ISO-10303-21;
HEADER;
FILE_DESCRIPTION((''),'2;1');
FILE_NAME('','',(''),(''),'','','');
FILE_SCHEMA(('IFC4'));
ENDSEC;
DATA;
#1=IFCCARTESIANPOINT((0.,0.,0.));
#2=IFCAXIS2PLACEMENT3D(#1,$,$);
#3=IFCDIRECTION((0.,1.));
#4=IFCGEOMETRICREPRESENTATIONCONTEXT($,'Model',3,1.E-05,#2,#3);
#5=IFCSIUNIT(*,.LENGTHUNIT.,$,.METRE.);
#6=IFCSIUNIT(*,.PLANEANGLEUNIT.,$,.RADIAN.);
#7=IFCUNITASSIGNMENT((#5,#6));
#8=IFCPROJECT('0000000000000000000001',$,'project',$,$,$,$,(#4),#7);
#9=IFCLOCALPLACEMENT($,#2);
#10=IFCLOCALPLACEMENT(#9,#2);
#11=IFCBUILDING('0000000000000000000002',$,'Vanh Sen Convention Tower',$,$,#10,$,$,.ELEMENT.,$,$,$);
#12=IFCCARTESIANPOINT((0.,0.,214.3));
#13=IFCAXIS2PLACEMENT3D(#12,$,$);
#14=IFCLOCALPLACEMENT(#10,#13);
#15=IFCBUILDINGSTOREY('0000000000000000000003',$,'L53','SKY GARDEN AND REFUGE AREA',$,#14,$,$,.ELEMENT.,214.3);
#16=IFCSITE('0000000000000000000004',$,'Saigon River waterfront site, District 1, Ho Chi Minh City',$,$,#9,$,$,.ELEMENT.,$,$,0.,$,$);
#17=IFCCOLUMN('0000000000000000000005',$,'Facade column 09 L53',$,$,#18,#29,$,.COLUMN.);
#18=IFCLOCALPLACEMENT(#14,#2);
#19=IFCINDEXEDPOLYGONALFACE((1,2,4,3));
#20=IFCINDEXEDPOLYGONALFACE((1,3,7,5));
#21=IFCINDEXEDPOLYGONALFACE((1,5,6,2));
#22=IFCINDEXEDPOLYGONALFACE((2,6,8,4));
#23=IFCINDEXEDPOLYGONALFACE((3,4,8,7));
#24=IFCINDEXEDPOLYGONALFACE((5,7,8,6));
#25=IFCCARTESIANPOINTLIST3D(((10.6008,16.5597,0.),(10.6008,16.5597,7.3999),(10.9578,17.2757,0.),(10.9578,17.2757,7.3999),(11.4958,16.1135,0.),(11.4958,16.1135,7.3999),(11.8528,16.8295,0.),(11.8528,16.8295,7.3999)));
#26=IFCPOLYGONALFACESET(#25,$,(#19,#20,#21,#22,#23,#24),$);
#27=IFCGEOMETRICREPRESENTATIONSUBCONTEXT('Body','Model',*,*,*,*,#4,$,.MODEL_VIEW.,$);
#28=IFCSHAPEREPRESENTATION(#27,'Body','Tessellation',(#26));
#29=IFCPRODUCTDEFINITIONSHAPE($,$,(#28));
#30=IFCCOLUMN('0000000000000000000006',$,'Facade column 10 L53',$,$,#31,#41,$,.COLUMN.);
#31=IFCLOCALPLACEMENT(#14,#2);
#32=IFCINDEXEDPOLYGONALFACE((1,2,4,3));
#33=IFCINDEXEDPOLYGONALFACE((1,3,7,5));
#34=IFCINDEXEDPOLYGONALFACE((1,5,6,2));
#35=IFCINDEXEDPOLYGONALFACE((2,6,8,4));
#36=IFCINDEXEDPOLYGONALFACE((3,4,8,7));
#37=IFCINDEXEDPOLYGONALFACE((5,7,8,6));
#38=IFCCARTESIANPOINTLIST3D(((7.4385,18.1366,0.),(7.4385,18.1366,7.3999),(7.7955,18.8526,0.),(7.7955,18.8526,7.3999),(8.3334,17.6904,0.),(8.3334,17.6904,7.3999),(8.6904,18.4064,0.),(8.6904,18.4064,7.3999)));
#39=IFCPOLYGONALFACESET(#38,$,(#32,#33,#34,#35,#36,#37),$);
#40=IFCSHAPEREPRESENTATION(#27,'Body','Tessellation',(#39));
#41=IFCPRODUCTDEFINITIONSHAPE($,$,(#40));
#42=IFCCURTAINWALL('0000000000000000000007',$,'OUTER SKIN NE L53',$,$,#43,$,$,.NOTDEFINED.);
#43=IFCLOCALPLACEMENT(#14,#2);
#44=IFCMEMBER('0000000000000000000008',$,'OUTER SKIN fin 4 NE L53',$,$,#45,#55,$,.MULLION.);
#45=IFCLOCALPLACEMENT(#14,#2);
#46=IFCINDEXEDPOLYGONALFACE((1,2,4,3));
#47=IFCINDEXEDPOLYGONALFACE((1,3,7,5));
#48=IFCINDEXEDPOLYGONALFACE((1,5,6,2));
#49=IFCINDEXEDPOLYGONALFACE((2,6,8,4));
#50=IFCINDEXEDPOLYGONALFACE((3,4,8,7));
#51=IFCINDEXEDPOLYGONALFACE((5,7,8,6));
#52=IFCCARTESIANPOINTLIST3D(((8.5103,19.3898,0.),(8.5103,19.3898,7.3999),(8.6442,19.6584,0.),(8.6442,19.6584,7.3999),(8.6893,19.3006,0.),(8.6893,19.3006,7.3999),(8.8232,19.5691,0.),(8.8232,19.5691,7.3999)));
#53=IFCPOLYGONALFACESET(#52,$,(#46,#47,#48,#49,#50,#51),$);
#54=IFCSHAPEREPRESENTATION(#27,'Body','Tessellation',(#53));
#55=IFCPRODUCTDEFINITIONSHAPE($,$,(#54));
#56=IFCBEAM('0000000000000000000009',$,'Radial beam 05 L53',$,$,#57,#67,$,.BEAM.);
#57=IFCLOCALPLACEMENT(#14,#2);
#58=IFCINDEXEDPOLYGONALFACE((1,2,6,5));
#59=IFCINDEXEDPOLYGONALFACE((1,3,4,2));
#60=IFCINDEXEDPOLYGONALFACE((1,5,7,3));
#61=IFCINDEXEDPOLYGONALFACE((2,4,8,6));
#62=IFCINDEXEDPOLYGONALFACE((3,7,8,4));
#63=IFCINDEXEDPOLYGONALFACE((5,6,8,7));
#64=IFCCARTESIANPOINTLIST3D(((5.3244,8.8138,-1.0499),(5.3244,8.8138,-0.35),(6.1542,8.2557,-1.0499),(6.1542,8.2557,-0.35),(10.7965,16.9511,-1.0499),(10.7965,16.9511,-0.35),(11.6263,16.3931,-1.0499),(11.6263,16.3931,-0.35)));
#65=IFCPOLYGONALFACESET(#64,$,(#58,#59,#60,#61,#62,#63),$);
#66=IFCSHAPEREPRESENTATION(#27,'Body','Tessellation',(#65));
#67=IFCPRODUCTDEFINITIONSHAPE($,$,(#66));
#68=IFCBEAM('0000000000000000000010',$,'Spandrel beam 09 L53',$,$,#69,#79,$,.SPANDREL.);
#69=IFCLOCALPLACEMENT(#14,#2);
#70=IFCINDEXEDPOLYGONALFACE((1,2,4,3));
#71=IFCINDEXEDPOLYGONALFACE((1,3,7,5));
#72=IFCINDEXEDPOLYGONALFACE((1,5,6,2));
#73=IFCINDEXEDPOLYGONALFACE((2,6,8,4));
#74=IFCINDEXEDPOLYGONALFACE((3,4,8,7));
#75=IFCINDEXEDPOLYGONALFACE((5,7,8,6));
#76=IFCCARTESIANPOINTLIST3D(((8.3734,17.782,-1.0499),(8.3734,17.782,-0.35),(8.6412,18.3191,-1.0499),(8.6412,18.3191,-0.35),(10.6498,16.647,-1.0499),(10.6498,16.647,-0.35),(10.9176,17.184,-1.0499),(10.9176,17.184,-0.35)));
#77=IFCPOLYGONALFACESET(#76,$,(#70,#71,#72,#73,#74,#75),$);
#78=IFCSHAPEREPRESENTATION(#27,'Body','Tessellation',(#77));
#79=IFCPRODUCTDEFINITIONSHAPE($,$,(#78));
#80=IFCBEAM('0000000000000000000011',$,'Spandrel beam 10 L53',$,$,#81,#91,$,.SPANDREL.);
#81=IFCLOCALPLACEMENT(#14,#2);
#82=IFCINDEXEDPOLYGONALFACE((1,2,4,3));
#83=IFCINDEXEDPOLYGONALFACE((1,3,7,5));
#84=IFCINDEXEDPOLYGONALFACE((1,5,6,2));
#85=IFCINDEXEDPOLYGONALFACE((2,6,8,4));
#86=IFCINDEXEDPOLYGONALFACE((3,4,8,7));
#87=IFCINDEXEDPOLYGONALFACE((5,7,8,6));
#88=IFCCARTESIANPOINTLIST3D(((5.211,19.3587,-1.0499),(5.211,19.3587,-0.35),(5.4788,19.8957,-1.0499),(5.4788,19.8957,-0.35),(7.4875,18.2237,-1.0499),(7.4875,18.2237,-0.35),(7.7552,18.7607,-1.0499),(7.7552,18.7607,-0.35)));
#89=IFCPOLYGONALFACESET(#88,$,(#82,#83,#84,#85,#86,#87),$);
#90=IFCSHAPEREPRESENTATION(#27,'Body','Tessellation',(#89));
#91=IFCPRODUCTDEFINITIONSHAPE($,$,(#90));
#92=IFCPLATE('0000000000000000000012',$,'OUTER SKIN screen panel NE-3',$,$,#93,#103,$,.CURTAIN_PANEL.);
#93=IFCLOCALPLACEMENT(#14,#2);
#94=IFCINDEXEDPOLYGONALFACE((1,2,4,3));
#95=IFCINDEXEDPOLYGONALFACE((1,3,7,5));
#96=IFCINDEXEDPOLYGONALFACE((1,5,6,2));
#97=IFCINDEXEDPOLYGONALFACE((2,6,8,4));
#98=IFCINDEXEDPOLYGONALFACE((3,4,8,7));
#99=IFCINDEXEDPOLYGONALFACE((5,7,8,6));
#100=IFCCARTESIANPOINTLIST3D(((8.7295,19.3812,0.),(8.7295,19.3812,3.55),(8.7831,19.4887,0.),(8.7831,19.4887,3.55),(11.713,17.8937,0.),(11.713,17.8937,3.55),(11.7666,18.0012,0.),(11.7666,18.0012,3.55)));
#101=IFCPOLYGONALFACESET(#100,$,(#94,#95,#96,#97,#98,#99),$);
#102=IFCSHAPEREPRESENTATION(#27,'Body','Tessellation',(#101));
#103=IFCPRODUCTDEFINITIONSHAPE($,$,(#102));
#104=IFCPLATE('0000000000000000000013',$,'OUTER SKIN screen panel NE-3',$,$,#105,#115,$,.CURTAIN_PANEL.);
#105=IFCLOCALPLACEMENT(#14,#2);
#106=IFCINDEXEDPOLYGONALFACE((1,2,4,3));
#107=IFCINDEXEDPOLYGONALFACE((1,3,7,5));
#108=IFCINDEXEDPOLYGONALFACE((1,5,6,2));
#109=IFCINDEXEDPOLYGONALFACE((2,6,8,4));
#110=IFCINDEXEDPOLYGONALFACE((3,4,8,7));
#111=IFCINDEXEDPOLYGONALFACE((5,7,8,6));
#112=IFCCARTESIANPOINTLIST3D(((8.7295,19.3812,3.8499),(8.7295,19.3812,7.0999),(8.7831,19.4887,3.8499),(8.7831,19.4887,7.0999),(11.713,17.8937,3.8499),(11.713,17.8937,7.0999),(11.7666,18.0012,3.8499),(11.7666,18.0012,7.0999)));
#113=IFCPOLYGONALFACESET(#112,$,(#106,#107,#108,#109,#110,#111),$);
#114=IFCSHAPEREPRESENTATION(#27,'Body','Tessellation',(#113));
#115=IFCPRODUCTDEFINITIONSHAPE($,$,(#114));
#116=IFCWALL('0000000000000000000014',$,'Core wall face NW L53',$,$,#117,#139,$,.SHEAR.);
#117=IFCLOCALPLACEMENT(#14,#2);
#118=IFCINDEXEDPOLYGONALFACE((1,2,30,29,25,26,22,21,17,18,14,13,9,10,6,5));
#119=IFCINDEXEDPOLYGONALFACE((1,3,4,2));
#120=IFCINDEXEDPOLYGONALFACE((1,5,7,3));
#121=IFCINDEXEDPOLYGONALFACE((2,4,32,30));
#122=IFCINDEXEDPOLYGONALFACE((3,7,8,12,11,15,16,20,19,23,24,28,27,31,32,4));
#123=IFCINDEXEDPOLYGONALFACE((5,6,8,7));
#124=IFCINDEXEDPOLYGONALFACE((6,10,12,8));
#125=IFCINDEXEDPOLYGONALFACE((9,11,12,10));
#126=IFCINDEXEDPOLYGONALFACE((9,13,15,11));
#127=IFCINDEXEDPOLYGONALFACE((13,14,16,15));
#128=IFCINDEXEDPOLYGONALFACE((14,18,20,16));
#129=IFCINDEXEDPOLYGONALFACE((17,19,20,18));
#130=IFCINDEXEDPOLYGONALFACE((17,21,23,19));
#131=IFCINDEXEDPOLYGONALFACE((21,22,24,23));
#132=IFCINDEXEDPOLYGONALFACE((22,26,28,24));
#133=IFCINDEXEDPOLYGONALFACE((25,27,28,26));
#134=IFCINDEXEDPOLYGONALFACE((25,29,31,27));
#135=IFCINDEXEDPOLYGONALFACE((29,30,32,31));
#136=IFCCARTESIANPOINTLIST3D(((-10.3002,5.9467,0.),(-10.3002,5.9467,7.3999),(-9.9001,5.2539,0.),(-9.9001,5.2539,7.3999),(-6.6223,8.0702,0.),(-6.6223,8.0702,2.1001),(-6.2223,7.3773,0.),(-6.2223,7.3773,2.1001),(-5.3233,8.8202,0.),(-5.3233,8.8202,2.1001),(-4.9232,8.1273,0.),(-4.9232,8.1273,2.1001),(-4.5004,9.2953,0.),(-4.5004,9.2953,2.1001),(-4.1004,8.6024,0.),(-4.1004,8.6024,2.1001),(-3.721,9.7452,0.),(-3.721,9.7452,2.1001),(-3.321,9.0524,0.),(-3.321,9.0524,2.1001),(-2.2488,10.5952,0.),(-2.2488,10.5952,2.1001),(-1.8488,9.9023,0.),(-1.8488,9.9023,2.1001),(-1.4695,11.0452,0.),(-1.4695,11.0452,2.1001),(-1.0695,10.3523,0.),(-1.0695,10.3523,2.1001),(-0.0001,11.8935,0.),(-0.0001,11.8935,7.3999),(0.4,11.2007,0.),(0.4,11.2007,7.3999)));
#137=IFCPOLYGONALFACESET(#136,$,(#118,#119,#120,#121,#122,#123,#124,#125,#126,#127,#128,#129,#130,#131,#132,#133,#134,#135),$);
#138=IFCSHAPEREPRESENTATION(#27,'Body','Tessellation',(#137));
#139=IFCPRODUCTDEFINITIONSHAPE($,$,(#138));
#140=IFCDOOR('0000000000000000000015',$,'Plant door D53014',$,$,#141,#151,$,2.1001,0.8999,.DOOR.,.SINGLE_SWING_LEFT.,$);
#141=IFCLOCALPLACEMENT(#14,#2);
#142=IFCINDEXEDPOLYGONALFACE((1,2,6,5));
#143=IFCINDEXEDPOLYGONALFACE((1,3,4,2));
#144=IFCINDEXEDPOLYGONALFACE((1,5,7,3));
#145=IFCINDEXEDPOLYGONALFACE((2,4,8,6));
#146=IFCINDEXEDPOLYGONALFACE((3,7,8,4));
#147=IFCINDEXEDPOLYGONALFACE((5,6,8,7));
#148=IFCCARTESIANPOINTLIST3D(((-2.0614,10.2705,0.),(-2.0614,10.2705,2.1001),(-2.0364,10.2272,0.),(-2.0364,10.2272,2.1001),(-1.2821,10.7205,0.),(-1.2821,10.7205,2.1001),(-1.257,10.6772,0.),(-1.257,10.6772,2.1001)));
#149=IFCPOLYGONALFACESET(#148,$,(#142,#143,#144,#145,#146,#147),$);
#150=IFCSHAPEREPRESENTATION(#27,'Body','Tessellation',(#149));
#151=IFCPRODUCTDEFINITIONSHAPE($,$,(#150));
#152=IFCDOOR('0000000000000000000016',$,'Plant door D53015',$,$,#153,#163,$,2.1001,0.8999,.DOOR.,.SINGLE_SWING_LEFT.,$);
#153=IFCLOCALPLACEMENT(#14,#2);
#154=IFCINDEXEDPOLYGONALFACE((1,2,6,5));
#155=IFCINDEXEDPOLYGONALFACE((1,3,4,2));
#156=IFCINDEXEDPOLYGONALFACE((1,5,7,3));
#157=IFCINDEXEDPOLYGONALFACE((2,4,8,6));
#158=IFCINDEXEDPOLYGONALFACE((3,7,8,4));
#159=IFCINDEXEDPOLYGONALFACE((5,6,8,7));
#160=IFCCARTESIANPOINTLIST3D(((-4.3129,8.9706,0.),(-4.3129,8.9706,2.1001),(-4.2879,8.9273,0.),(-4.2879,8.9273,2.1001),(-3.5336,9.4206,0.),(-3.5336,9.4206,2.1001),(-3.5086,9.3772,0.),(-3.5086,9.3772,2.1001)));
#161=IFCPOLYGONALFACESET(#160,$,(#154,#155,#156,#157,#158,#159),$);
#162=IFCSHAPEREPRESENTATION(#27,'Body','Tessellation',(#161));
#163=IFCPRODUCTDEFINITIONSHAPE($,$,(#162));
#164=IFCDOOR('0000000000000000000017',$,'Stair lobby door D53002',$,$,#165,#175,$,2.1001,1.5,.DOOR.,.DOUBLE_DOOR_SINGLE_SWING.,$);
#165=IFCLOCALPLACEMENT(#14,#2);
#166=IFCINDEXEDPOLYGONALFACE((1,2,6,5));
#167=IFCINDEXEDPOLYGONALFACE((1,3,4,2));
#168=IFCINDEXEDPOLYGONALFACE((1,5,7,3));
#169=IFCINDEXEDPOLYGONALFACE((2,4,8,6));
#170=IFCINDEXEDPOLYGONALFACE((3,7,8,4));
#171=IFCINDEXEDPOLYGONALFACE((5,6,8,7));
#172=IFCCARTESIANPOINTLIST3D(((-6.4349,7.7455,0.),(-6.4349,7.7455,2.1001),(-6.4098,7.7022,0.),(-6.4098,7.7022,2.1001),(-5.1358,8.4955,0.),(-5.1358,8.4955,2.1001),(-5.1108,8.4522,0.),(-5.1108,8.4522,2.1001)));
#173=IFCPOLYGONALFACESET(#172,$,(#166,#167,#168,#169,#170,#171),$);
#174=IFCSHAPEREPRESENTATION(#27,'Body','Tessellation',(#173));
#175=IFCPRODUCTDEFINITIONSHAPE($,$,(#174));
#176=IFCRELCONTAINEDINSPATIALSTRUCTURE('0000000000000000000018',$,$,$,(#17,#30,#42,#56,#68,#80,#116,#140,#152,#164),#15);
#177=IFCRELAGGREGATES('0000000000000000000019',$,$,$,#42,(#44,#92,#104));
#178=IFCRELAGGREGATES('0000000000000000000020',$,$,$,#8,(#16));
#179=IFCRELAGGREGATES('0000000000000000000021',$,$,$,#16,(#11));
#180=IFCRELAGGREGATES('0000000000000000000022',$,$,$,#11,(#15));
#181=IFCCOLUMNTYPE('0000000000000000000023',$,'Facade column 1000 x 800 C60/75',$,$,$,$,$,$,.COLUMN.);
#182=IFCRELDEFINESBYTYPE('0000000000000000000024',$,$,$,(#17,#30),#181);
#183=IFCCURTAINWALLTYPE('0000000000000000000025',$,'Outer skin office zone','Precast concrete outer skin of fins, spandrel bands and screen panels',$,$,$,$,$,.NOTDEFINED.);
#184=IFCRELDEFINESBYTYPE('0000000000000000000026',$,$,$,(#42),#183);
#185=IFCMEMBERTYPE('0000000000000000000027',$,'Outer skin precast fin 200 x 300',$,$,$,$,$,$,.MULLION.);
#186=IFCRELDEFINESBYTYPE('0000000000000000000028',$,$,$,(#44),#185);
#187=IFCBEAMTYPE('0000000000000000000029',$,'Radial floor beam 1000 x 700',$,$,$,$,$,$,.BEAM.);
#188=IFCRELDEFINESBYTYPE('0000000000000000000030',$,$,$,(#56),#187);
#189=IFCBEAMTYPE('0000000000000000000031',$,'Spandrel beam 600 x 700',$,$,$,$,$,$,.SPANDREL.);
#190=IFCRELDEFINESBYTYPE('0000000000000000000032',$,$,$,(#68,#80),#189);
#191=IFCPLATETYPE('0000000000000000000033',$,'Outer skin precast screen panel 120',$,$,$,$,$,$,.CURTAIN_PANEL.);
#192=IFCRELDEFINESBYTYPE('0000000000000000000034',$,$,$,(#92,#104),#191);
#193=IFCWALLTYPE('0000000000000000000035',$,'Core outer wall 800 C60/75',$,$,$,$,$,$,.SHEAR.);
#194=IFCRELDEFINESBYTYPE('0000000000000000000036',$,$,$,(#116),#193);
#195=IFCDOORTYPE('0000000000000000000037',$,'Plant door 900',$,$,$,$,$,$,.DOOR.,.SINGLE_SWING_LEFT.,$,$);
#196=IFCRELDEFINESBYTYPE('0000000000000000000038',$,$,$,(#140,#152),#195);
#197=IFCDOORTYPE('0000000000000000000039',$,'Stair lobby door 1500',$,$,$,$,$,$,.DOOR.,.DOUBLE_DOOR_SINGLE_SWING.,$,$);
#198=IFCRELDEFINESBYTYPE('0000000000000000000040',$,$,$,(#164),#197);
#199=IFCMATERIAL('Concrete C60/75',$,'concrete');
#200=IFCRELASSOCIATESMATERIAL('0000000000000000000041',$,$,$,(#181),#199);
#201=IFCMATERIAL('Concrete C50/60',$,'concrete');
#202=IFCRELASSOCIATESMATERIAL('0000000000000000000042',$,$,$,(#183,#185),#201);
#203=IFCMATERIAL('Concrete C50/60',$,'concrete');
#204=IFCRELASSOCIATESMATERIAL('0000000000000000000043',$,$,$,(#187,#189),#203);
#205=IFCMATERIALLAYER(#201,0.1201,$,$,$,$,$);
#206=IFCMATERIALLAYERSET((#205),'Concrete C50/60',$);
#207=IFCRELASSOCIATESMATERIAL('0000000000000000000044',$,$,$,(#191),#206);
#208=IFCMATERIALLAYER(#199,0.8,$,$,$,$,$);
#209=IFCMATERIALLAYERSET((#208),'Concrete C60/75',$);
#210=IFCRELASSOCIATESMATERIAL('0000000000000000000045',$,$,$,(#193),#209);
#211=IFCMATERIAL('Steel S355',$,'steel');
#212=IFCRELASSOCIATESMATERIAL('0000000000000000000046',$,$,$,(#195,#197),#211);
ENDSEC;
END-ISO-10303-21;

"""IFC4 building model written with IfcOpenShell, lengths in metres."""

from ifc_helpers import new_model, si_unit, direction, frame, frame_2d, origin, origin_2d, place, context, subcontext, project, spatial, rectangle, extrude, material, layer, layer_set, material_profile, profile_set, type_object, element, fill, aggregate, save


model = new_model("IFC4")

# Units and contexts
model_context = context("Model", 3, precision=1e-05, world=origin(), true_north=direction((0.0, 1.0)))
body_context = subcontext(model_context, "Body", "Model", "MODEL_VIEW")
ifc_project = project(units=[si_unit("LENGTHUNIT", "METRE"), si_unit("PLANEANGLEUNIT", "RADIAN")], contexts=[model_context])

# Site, building, storey
site_placement = place(None, origin())
site = spatial("IfcSite", under=ifc_project, at=site_placement, Name="Saigon River waterfront site, District 1, Ho Chi Minh City", CompositionType="ELEMENT", RefElevation=0.0)
building_placement = place(site_placement, origin())
building = spatial("IfcBuilding", under=site, at=building_placement, Name="Vanh Sen Convention Tower", CompositionType="ELEMENT")
storey_placement = place(building_placement, frame((0.0, 0.0, 214.3)))
storey = spatial("IfcBuildingStorey", under=building, at=storey_placement, Name="L53", Description="SKY GARDEN AND REFUGE AREA", CompositionType="ELEMENT", Elevation=214.3)

# Columns
ifc_material_1 = material(Name="Concrete C60/75", Category="concrete")
ifc_material_profile_1 = material_profile(ifc_material_1, rectangle(XDim=1.0, YDim=0.8, at=origin_2d()), Name="RC 1000X800")
ifc_profile_set_1 = profile_set([ifc_material_profile_1], Name="Concrete C60/75")
column_type = type_object("IfcColumnType", Name="Facade column 1000 x 800 C60/75", PredefinedType="COLUMN", material=ifc_profile_set_1)
for number, where, z_axis, x_axis, name in (
    (1, (11.2268, 16.6946, 0.0), (0.0, 0.0, 1.0), (-0.894934, 0.446198, 0.0), "Facade column 09 L53"),
    (2, (8.0645, 18.2715, 0.0), (0.0, 0.0, 1.0), (-0.894934, 0.446198, 0.0), "Facade column 10 L53"),
):
    element("IfcColumn", number, at=place(storey_placement, frame(where, z_axis=z_axis, x_axis=x_axis)), inside=storey, type_object=column_type, Name=name, PredefinedType="COLUMN", context=body_context, shape_type="SweptSolid", body=[
        extrude(rectangle(XDim=1.0, YDim=0.8, at=origin_2d()), origin(), (0.0, 0.0, 1.0), 7.3999),
    ])

# Curtain wall, member
ifc_material_2 = material(Name="Concrete C50/60", Category="concrete")
curtain_wall_type = type_object("IfcCurtainWallType", Name="Outer skin office zone", Description="Precast concrete outer skin of fins, spandrel bands and screen panels", PredefinedType="NOTDEFINED", material=ifc_material_2)
curtain_wall_placement = place(storey_placement, origin())
curtain_wall = element("IfcCurtainWall", 3, at=curtain_wall_placement, inside=storey, type_object=curtain_wall_type, Name="OUTER SKIN NE L53", PredefinedType="NOTDEFINED")
ifc_material_profile_2 = material_profile(ifc_material_2, rectangle(XDim=0.2, YDim=0.3, at=origin_2d()), Name="Outer skin precast fin 200 x 300")
ifc_profile_set_2 = profile_set([ifc_material_profile_2], Name="Concrete C50/60")
member_type = type_object("IfcMemberType", Name="Outer skin precast fin 200 x 300", PredefinedType="MULLION", material=ifc_profile_set_2)
member_placement = place(storey_placement, frame((8.6667, 19.4795, 0.0), z_axis=(0.0, 0.0, 1.0), x_axis=(-0.894934, 0.446198, 0.0)))
member = element("IfcMember", 4, at=member_placement, type_object=member_type, Name="OUTER SKIN fin 4 NE L53", PredefinedType="MULLION", context=body_context, shape_type="SweptSolid", body=[
    extrude(rectangle(XDim=0.2, YDim=0.3, at=origin_2d()), origin(), (0.0, 0.0, 1.0), 7.3999),
])

# Beams
ifc_material_3 = material(Name="Concrete C50/60", Category="concrete")
ifc_material_profile_3 = material_profile(ifc_material_3, rectangle(XDim=1.0, YDim=0.7, at=origin_2d()), Name="RC 1000X700")
ifc_profile_set_3 = profile_set([ifc_material_profile_3], Name="Concrete C50/60")
beam_type_1 = type_object("IfcBeamType", Name="Radial floor beam 1000 x 700", PredefinedType="BEAM", material=ifc_profile_set_3)
beam_placement = place(storey_placement, frame((11.2114, 16.6721, -0.7), z_axis=(-0.558028, -0.829822, 0.0), x_axis=(0.829822, -0.558028, 0.0)))
element("IfcBeam", 5, at=beam_placement, inside=storey, type_object=beam_type_1, Name="Radial beam 05 L53", PredefinedType="BEAM", context=body_context, shape_type="SweptSolid", body=[
    extrude(rectangle(XDim=1.0, YDim=0.7, at=origin_2d()), origin(), (0.0, 0.0, 1.0), 9.8062),
])
ifc_material_profile_4 = material_profile(ifc_material_3, rectangle(XDim=0.6001, YDim=0.7, at=origin_2d()), Name="RC 600X700")
ifc_profile_set_4 = profile_set([ifc_material_profile_4], Name="Concrete C50/60")
beam_type_2 = type_object("IfcBeamType", Name="Spandrel beam 600 x 700", PredefinedType="SPANDREL", material=ifc_profile_set_4)
for number, where, z_axis, x_axis, name in (
    (6, (10.7837, 16.9155, -0.7), (-0.894926, 0.446215, 0.0), (-0.446215, -0.894926, 0.0), "Spandrel beam 09 L53"),
    (7, (7.6213, 18.4922, -0.7), (-0.894926, 0.446215, 0.0), (-0.446215, -0.894926, 0.0), "Spandrel beam 10 L53"),
):
    element("IfcBeam", number, at=place(storey_placement, frame(where, z_axis=z_axis, x_axis=x_axis)), inside=storey, type_object=beam_type_2, Name=name, PredefinedType="SPANDREL", context=body_context, shape_type="SweptSolid", body=[
        extrude(rectangle(XDim=0.6001, YDim=0.7, at=origin_2d()), origin(), (0.0, 0.0, 1.0), 2.5437),
    ])

# Plates
ifc_layer_1 = layer(ifc_material_2, 0.1201)
ifc_layer_set_1 = layer_set([ifc_layer_1], Name="Concrete C50/60")
plate_type = type_object("IfcPlateType", Name="Outer skin precast screen panel 120", PredefinedType="CURTAIN_PANEL", material=ifc_layer_set_1)
plate_1_placement = place(storey_placement, frame((10.248, 18.6912, 0.0), z_axis=(0.0, 0.0, 1.0), x_axis=(-0.894936, 0.446195, 0.0)))
plate_1 = element("IfcPlate", 8, at=plate_1_placement, type_object=plate_type, Name="OUTER SKIN screen panel NE-3", PredefinedType="CURTAIN_PANEL", context=body_context, shape_type="SweptSolid", body=[
    extrude(rectangle(XDim=3.3337, YDim=0.1201, at=origin_2d()), origin(), (0.0, 0.0, 1.0), 3.55),
])
plate_2_placement = place(storey_placement, frame((10.248, 18.6912, 3.8499), z_axis=(0.0, 0.0, 1.0), x_axis=(-0.894936, 0.446195, 0.0)))
plate_2 = element("IfcPlate", 9, at=plate_2_placement, type_object=plate_type, Name="OUTER SKIN screen panel NE-3", PredefinedType="CURTAIN_PANEL", context=body_context, shape_type="SweptSolid", body=[
    extrude(rectangle(XDim=3.3337, YDim=0.1201, at=origin_2d()), origin(), (0.0, 0.0, 1.0), 3.25),
])
aggregate(curtain_wall, [member, plate_1, plate_2])

# Wall, openings, doors
ifc_layer_2 = layer(ifc_material_1, 0.8)
ifc_layer_set_2 = layer_set([ifc_layer_2], Name="Concrete C60/75")
wall_type_1 = type_object("IfcWallType", Name="Core outer wall 800 C60/75", PredefinedType="SHEAR", material=ifc_layer_set_2)
wall_1_placement = place(storey_placement, frame((0.2, 11.5471, 0.0), z_axis=(0.0, 0.0, 1.0), x_axis=(-0.866024, -0.500003, 0.0)))
wall_1 = element("IfcWall", 10, at=wall_1_placement, inside=storey, type_object=wall_type_1, Name="Core wall face NW L53", PredefinedType="SHEAR", context=body_context, shape_type="SweptSolid", body=[
    extrude(rectangle(XDim=11.8936, YDim=0.8, at=frame_2d((5.9468, 0.0))), origin(), (0.0, 0.0, 1.0), 7.3999),
])
opening_1_placement = place(wall_1_placement, frame((6.1467, 0.0, 0.0)))
opening_1 = element("IfcOpeningElement", 11, at=opening_1_placement, cuts=wall_1, PredefinedType="OPENING", context=body_context, shape_type="SweptSolid", body=[
    extrude(rectangle(XDim=1.5, YDim=2.1001, at=frame_2d((0.75, 1.05))), frame((0.0, 0.4099, 0.0), z_axis=(0.0, -1.0, 0.0), x_axis=(1.0, 0.0, 0.0)), (0.0, 0.0, 1.0), 0.8201),
])
opening_2_placement = place(wall_1_placement, frame((1.6968, 0.0, 0.0)))
opening_2 = element("IfcOpeningElement", 12, at=opening_2_placement, cuts=wall_1, PredefinedType="OPENING", context=body_context, shape_type="SweptSolid", body=[
    extrude(rectangle(XDim=0.8999, YDim=2.1001, at=frame_2d((0.45, 1.05))), frame((0.0, 0.4099, 0.0), z_axis=(0.0, -1.0, 0.0), x_axis=(1.0, 0.0, 0.0)), (0.0, 0.0, 1.0), 0.8201),
])
opening_3_placement = place(wall_1_placement, frame((4.2966, 0.0, 0.0)))
opening_3 = element("IfcOpeningElement", 13, at=opening_3_placement, cuts=wall_1, PredefinedType="OPENING", context=body_context, shape_type="SweptSolid", body=[
    extrude(rectangle(XDim=0.8999, YDim=2.1001, at=frame_2d((0.45, 1.05))), frame((0.0, 0.4099, 0.0), z_axis=(0.0, -1.0, 0.0), x_axis=(1.0, 0.0, 0.0)), (0.0, 0.0, 1.0), 0.8201),
])
ifc_material_4 = material(Name="Steel S355", Category="steel")
door_type_1 = type_object("IfcDoorType", Name="Plant door 900", OperationType="SINGLE_SWING_LEFT", PredefinedType="DOOR", material=ifc_material_4)
door_1_placement = place(opening_2_placement, origin())
door_1 = element("IfcDoor", 14, at=door_1_placement, inside=storey, type_object=door_type_1, Name="Plant door D53014", OperationType="SINGLE_SWING_LEFT", OverallHeight=2.1001, OverallWidth=0.8999, PredefinedType="DOOR", context=body_context, shape_type="SweptSolid", body=[
    extrude(rectangle(XDim=0.8999, YDim=2.1001, at=frame_2d((0.45, 1.05))), frame((0.0, 0.0249, 0.0), z_axis=(0.0, -1.0, 0.0), x_axis=(1.0, 0.0, 0.0)), (0.0, 0.0, 1.0), 0.05),
])
fill(opening_2, door_1)
door_2_placement = place(opening_3_placement, origin())
door_2 = element("IfcDoor", 15, at=door_2_placement, inside=storey, type_object=door_type_1, Name="Plant door D53015", OperationType="SINGLE_SWING_LEFT", OverallHeight=2.1001, OverallWidth=0.8999, PredefinedType="DOOR", context=body_context, shape_type="SweptSolid", body=[
    extrude(rectangle(XDim=0.8999, YDim=2.1001, at=frame_2d((0.45, 1.05))), frame((0.0, 0.0249, 0.0), z_axis=(0.0, -1.0, 0.0), x_axis=(1.0, 0.0, 0.0)), (0.0, 0.0, 1.0), 0.05),
])
fill(opening_3, door_2)
door_type_2 = type_object("IfcDoorType", Name="Stair lobby door 1500", OperationType="DOUBLE_DOOR_SINGLE_SWING", PredefinedType="DOOR", material=ifc_material_4)
door_3_placement = place(opening_1_placement, origin())
door_3 = element("IfcDoor", 16, at=door_3_placement, inside=storey, type_object=door_type_2, Name="Stair lobby door D53002", OperationType="DOUBLE_DOOR_SINGLE_SWING", OverallHeight=2.1001, OverallWidth=1.5, PredefinedType="DOOR", context=body_context, shape_type="SweptSolid", body=[
    extrude(rectangle(XDim=1.5, YDim=2.1001, at=frame_2d((0.75, 1.05))), frame((0.0, 0.0249, 0.0), z_axis=(0.0, -1.0, 0.0), x_axis=(1.0, 0.0, 0.0)), (0.0, 0.0, 1.0), 0.05),
])
fill(opening_1, door_3)

save(model, "model.ifc")
